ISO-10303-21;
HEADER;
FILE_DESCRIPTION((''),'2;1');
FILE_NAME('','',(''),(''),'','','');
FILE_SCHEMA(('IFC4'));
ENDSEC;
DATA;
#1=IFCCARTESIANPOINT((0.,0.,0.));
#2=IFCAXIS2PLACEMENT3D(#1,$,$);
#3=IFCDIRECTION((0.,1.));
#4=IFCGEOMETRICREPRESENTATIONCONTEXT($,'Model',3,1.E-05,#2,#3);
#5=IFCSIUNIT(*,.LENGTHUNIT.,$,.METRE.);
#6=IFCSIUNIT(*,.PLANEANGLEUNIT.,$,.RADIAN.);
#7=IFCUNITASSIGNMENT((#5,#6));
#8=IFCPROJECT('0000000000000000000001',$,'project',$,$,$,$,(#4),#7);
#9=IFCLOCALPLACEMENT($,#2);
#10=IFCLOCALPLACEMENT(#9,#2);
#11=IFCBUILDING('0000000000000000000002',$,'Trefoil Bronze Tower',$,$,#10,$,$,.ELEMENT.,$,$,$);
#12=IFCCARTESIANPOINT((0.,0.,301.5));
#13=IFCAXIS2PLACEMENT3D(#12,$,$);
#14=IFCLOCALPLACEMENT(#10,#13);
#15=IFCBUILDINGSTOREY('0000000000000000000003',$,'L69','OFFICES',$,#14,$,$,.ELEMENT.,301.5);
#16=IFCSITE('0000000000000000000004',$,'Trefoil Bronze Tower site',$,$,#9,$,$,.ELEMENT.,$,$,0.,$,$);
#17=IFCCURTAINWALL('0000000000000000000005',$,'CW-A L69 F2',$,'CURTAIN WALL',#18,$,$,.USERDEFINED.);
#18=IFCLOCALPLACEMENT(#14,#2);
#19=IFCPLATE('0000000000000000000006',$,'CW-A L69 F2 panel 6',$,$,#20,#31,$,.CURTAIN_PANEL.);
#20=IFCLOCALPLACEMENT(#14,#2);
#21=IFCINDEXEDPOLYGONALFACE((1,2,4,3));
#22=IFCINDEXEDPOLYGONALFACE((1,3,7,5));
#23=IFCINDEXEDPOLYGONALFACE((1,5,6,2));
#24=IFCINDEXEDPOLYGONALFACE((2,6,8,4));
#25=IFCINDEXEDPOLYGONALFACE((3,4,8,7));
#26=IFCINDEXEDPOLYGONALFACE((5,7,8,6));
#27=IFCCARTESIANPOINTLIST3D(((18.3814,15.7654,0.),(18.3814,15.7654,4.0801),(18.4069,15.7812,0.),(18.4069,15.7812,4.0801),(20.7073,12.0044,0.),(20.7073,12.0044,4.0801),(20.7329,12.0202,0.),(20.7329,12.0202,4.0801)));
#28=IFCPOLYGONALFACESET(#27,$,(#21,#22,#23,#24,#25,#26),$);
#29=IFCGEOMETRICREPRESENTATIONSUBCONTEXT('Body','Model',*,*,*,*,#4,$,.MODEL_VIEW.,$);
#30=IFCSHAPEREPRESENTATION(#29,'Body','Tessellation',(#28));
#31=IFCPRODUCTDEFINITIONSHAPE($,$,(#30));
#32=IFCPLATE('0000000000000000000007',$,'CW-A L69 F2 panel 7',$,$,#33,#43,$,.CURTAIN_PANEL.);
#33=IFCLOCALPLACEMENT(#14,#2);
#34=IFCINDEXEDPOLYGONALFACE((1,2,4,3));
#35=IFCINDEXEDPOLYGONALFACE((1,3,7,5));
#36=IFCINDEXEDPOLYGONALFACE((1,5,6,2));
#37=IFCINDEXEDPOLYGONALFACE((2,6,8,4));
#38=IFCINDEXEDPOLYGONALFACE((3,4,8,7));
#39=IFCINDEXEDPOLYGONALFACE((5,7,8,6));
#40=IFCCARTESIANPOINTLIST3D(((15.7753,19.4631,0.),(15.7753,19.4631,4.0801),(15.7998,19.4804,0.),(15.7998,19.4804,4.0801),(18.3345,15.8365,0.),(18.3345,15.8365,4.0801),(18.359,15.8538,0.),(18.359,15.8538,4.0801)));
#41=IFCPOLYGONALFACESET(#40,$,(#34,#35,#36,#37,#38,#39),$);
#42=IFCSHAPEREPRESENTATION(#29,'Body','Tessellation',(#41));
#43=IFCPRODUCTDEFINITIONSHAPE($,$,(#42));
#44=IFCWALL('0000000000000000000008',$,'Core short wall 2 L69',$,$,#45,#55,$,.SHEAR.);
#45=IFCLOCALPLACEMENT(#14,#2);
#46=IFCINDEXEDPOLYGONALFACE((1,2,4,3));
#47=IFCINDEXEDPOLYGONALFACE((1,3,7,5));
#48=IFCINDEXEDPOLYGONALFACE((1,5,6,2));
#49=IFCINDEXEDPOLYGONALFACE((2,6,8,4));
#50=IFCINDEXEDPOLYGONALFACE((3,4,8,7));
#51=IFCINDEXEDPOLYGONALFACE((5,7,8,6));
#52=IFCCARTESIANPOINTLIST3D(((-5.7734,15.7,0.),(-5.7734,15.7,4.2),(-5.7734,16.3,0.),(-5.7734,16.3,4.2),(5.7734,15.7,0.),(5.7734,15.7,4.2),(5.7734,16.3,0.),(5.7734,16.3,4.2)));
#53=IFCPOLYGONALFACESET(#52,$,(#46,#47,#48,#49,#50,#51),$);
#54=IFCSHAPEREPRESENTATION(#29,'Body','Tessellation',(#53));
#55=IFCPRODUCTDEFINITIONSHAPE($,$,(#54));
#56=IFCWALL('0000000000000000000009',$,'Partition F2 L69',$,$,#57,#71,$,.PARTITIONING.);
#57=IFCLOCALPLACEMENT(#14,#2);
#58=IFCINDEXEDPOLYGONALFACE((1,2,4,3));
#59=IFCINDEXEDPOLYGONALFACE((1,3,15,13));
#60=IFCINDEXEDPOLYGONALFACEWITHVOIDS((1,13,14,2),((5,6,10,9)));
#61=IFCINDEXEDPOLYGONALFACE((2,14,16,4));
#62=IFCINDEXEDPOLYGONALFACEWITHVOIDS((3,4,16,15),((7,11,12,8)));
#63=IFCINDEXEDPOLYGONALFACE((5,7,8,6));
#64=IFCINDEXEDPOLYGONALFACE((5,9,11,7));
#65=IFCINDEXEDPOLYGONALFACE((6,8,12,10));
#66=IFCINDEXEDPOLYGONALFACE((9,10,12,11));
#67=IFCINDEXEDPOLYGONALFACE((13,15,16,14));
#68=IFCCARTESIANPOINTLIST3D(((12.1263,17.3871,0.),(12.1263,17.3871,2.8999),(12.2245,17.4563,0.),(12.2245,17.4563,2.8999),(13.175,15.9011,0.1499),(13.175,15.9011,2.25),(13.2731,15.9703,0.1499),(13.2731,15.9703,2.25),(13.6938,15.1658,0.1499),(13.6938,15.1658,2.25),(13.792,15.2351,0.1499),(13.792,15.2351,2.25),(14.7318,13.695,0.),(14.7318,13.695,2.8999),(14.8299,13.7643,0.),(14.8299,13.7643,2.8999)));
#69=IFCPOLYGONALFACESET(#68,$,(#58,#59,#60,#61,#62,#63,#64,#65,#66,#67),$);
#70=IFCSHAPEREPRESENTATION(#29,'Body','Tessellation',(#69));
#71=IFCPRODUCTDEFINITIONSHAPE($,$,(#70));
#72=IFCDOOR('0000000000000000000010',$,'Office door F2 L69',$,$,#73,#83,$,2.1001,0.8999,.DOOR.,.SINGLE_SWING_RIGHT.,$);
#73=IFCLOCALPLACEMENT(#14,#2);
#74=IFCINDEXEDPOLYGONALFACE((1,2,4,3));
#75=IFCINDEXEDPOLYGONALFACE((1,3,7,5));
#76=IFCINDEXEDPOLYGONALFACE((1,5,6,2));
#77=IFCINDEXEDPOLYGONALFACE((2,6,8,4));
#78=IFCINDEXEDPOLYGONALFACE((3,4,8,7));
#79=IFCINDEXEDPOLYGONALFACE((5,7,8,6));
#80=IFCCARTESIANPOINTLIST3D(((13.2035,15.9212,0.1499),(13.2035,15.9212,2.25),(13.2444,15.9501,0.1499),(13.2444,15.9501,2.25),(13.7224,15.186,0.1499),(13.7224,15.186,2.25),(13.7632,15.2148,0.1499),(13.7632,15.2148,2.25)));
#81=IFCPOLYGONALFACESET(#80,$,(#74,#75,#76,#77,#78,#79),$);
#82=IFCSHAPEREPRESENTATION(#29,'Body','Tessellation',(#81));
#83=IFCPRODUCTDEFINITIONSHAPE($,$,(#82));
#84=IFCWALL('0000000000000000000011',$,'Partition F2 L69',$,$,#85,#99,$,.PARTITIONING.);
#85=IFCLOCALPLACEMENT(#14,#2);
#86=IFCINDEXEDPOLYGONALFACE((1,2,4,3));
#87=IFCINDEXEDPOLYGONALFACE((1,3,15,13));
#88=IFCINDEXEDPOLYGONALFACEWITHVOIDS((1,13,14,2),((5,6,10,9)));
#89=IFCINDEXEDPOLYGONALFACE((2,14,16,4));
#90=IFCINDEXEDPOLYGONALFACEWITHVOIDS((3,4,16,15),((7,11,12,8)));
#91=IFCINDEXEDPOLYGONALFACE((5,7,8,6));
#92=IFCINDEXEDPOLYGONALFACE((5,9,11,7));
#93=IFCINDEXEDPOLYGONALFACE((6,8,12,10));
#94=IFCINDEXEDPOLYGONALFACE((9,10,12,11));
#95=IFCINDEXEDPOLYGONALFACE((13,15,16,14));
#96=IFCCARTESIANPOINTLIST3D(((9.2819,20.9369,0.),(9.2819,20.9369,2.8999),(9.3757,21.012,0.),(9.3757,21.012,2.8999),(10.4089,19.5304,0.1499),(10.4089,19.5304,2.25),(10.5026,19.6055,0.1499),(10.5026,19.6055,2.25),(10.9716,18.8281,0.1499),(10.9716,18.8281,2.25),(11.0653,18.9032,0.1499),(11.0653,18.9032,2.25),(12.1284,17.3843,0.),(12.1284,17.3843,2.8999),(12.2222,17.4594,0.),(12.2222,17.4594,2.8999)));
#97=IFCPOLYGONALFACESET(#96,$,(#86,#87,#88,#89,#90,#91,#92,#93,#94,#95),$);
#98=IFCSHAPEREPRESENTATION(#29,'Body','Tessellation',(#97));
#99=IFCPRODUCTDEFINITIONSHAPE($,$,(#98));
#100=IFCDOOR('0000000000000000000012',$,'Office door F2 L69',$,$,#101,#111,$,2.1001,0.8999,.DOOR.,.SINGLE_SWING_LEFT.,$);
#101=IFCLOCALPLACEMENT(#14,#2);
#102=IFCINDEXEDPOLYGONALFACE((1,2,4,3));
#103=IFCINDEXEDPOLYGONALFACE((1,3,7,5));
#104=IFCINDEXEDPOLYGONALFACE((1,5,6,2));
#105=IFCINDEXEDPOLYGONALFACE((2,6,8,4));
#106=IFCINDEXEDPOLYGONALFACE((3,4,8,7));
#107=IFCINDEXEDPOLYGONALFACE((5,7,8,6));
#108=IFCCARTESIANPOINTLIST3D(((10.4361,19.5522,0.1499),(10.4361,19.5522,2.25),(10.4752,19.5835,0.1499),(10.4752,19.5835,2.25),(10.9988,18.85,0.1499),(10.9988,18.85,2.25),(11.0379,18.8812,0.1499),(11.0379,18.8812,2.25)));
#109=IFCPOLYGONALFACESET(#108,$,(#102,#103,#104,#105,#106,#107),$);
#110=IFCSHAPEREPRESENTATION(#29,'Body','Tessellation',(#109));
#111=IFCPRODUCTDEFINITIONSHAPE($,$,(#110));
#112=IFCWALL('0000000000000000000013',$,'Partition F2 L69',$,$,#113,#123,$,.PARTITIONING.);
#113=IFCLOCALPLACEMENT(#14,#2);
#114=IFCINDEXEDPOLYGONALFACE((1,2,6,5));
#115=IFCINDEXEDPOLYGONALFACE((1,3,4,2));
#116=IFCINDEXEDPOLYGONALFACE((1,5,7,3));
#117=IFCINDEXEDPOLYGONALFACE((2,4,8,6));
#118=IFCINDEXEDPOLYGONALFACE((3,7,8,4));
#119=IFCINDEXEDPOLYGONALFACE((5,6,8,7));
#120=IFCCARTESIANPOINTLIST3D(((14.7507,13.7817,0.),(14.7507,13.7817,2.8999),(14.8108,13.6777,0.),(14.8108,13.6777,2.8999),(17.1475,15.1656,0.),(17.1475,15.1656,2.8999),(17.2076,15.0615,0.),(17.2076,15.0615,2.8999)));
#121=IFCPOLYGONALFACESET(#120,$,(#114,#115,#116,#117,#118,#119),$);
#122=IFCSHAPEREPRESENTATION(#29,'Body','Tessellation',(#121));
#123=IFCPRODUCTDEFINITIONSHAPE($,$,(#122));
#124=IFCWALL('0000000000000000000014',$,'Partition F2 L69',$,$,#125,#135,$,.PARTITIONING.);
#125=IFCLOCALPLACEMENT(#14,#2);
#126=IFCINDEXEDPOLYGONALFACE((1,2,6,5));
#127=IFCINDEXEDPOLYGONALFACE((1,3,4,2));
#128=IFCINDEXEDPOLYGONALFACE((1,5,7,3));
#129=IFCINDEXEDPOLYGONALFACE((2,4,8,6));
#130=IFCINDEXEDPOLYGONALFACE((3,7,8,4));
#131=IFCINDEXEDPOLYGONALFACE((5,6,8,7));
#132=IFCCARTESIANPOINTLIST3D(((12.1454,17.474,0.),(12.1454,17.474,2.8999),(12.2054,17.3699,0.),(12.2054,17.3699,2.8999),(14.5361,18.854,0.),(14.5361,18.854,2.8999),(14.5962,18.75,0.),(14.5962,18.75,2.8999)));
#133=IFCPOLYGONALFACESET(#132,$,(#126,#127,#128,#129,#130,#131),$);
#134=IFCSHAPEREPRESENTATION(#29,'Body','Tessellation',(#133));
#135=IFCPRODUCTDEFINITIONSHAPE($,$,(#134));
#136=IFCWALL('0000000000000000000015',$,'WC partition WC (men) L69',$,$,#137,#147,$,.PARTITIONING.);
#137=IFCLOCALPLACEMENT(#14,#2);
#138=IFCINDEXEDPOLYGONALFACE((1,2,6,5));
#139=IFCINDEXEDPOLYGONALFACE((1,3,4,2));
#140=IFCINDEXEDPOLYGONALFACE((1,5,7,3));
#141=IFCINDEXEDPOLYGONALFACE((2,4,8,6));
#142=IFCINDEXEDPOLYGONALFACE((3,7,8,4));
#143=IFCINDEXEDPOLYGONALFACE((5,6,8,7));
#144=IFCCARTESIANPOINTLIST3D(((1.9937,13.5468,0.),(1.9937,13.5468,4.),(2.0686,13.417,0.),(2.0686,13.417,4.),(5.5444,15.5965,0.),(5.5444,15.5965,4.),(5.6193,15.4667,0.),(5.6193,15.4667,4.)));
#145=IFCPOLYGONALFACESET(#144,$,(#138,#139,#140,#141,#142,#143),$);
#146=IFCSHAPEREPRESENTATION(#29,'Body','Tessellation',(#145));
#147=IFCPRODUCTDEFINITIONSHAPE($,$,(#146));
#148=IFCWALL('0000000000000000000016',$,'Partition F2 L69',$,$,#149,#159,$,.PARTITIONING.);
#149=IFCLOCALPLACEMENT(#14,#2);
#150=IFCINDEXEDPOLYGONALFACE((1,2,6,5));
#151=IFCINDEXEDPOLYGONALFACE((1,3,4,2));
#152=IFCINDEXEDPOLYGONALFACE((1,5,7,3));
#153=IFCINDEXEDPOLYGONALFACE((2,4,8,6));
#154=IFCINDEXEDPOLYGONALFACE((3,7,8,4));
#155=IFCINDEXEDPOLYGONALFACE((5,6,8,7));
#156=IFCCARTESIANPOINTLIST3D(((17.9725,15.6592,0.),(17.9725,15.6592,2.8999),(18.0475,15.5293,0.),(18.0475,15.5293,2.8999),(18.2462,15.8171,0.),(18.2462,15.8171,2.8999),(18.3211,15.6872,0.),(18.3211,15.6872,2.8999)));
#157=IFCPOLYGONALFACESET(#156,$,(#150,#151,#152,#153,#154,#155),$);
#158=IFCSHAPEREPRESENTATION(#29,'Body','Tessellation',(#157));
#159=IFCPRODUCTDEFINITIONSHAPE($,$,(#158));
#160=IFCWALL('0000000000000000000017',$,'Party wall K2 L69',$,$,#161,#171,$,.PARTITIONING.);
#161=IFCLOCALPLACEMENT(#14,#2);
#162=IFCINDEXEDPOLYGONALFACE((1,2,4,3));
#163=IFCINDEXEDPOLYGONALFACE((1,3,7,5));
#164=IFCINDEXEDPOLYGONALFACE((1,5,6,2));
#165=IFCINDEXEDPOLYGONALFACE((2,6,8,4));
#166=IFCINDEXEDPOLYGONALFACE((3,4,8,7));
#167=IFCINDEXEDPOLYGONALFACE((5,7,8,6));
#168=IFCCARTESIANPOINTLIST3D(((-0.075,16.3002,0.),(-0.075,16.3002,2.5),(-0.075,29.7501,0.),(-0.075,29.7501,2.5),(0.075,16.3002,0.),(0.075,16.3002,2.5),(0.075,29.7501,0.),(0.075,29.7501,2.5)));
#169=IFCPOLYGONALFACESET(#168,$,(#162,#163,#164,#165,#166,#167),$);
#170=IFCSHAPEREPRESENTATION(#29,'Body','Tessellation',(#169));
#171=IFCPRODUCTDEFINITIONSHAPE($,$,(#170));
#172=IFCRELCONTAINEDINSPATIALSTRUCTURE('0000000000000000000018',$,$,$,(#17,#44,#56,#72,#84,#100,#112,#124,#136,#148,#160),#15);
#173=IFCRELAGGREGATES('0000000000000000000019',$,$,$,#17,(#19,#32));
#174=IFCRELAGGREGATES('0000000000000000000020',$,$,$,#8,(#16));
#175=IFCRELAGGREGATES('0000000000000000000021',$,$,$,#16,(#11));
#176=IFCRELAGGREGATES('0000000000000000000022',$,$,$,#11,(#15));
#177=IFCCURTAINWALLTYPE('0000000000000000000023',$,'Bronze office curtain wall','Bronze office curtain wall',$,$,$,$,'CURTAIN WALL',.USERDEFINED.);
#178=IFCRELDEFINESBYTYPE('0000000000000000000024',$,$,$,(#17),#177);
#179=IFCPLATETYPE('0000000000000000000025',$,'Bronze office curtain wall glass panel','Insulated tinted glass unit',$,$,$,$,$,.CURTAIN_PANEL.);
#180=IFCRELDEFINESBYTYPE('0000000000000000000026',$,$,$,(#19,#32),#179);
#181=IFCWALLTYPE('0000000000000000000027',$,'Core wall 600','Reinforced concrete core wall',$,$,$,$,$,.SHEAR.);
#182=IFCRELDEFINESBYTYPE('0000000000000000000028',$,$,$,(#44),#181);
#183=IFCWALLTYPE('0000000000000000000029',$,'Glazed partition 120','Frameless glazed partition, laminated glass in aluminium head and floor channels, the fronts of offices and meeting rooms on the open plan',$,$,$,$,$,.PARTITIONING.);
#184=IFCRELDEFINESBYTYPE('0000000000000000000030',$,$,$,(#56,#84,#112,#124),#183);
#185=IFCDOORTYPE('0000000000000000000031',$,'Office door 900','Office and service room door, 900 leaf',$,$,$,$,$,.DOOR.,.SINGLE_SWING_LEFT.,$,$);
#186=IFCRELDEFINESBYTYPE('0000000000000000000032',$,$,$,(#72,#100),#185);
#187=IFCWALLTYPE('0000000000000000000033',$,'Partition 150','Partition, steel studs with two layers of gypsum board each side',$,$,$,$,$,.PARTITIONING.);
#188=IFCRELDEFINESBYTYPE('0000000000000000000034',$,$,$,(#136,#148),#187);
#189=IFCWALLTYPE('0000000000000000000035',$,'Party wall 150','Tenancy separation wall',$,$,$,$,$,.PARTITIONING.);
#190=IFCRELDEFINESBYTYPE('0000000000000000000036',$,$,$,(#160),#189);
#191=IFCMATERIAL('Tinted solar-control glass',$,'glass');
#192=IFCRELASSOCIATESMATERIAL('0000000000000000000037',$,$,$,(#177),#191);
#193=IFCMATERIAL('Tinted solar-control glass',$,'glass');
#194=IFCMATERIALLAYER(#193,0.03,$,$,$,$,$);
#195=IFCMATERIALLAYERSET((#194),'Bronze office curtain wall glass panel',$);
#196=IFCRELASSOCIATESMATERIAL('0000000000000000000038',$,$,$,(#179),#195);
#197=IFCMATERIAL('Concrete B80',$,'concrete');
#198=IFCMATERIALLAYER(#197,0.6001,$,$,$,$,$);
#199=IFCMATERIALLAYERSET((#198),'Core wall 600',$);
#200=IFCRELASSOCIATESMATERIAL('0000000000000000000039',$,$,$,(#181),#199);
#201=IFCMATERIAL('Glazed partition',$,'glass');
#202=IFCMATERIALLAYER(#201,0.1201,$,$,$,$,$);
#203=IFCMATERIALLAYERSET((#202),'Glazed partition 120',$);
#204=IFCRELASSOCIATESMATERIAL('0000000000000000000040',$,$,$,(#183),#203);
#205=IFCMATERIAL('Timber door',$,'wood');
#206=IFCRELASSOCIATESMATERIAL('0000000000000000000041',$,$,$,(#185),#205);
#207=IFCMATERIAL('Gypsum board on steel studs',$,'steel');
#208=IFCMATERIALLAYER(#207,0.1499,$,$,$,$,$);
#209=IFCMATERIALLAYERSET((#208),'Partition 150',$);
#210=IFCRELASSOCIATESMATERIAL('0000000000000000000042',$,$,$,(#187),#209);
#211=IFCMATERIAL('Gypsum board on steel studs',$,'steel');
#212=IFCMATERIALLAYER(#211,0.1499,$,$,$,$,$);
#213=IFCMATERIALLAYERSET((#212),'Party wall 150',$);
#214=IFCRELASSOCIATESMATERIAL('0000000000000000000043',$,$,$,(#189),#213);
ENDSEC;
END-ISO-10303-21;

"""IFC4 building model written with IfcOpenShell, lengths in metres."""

from ifc_helpers import new_model, si_unit, direction, frame, frame_2d, origin, origin_2d, place, context, subcontext, project, spatial, rectangle, extrude, material, layer, layer_set, type_object, element, fill, aggregate, save


model = new_model("IFC4")

# Units and contexts
model_context = context("Model", 3, precision=1e-05, world=origin(), true_north=direction((0.0, 1.0)))
body_context = subcontext(model_context, "Body", "Model", "MODEL_VIEW")
ifc_project = project(units=[si_unit("LENGTHUNIT", "METRE"), si_unit("PLANEANGLEUNIT", "RADIAN")], contexts=[model_context])

# Site, building, storey
site_placement = place(None, origin())
site = spatial("IfcSite", under=ifc_project, at=site_placement, Name="Trefoil Bronze Tower site", CompositionType="ELEMENT", RefElevation=0.0)
building_placement = place(site_placement, origin())
building = spatial("IfcBuilding", under=site, at=building_placement, Name="Trefoil Bronze Tower", CompositionType="ELEMENT")
storey_placement = place(building_placement, frame((0.0, 0.0, 301.5)))
storey = spatial("IfcBuildingStorey", under=building, at=storey_placement, Name="L69", Description="OFFICES", CompositionType="ELEMENT", Elevation=301.5)

# Curtain wall
ifc_material_1 = material(Name="Tinted solar-control glass", Category="glass")
curtain_wall_type = type_object("IfcCurtainWallType", Name="Bronze office curtain wall", Description="Bronze office curtain wall", ElementType="CURTAIN WALL", PredefinedType="USERDEFINED", material=ifc_material_1)
curtain_wall_placement = place(storey_placement, origin())
curtain_wall = element("IfcCurtainWall", 1, at=curtain_wall_placement, inside=storey, type_object=curtain_wall_type, Name="CW-A L69 F2", ObjectType="CURTAIN WALL", PredefinedType="USERDEFINED")

# Plates
ifc_material_2 = material(Name="Tinted solar-control glass", Category="glass")
ifc_layer_1 = layer(ifc_material_2, 0.03)
ifc_layer_set_1 = layer_set([ifc_layer_1], Name="Bronze office curtain wall glass panel")
plate_type = type_object("IfcPlateType", Name="Bronze office curtain wall glass panel", Description="Insulated tinted glass unit", PredefinedType="CURTAIN_PANEL", material=ifc_layer_set_1)
plate_1_placement = place(storey_placement, frame((19.5571, 13.8928, 0.0), z_axis=(0.0, 0.0, 1.0), x_axis=(-0.52598, 0.850497, 0.0)))
plate_1 = element("IfcPlate", 2, at=plate_1_placement, type_object=plate_type, Name="CW-A L69 F2 panel 6", PredefinedType="CURTAIN_PANEL", context=body_context, shape_type="SweptSolid", body=[
    extrude(rectangle(XDim=4.4221, YDim=0.03, at=origin_2d()), origin(), (0.0, 0.0, 1.0), 4.0801),
])
plate_2_placement = place(storey_placement, frame((17.0671, 17.6584, 0.0), z_axis=(0.0, 0.0, 1.0), x_axis=(-0.576561, 0.817054, 0.0)))
plate_2 = element("IfcPlate", 3, at=plate_2_placement, type_object=plate_type, Name="CW-A L69 F2 panel 7", PredefinedType="CURTAIN_PANEL", context=body_context, shape_type="SweptSolid", body=[
    extrude(rectangle(XDim=4.4387, YDim=0.03, at=origin_2d()), origin(), (0.0, 0.0, 1.0), 4.0801),
])
aggregate(curtain_wall, [plate_1, plate_2])

# Wall
ifc_material_3 = material(Name="Concrete B80", Category="concrete")
ifc_layer_2 = layer(ifc_material_3, 0.6001)
ifc_layer_set_2 = layer_set([ifc_layer_2], Name="Core wall 600")
wall_type_1 = type_object("IfcWallType", Name="Core wall 600", Description="Reinforced concrete core wall", PredefinedType="SHEAR", material=ifc_layer_set_2)
wall_1_placement = place(storey_placement, frame((5.7734, 16.0, 0.0), z_axis=(0.0, 0.0, 1.0), x_axis=(-1.0, 0.0, 0.0)))
element("IfcWall", 4, at=wall_1_placement, inside=storey, type_object=wall_type_1, Name="Core short wall 2 L69", PredefinedType="SHEAR", context=body_context, shape_type="SweptSolid", body=[
    extrude(rectangle(XDim=11.5469, YDim=0.6001, at=frame_2d((5.7734, 0.0))), origin(), (0.0, 0.0, 1.0), 4.2),
])

# Walls, openings, doors
ifc_material_4 = material(Name="Glazed partition", Category="glass")
ifc_layer_3 = layer(ifc_material_4, 0.1201)
ifc_layer_set_3 = layer_set([ifc_layer_3], Name="Glazed partition 120")
wall_type_2 = type_object("IfcWallType", Name="Glazed partition 120", Description="Frameless glazed partition, laminated glass in aluminium head and floor channels, the fronts of offices and meeting rooms on the open plan", PredefinedType="PARTITIONING", material=ifc_layer_set_3)
wall_2_placement = place(storey_placement, frame((14.7808, 13.7297, 0.0), z_axis=(0.0, 0.0, 1.0), x_axis=(-0.576573, 0.817046, 0.0)))
wall_2 = element("IfcWall", 5, at=wall_2_placement, inside=storey, type_object=wall_type_2, Name="Partition F2 L69", PredefinedType="PARTITIONING", context=body_context, shape_type="SweptSolid", body=[
    extrude(rectangle(XDim=4.5188, YDim=0.1201, at=frame_2d((2.2593, 0.0))), origin(), (0.0, 0.0, 1.0), 2.8999),
])
opening_1_placement = place(wall_2_placement, frame((1.8, 0.0, 0.1499)))
opening_1 = element("IfcOpeningElement", 6, at=opening_1_placement, cuts=wall_2, PredefinedType="OPENING", context=body_context, shape_type="SweptSolid", body=[
    extrude(rectangle(XDim=0.8999, YDim=2.1001, at=frame_2d((0.45, 1.05))), frame((0.0, 0.0701, 0.0), z_axis=(0.0, -1.0, 0.0), x_axis=(1.0, 0.0, 0.0)), (0.0, 0.0, 1.0), 0.1401),
])
ifc_material_5 = material(Name="Timber door", Category="wood")
door_type = type_object("IfcDoorType", Name="Office door 900", Description="Office and service room door, 900 leaf", OperationType="SINGLE_SWING_LEFT", PredefinedType="DOOR", material=ifc_material_5)
door_1_placement = place(opening_1_placement, frame((0.8999, 0.0, 0.0), z_axis=(0.0, 0.0, 1.0), x_axis=(-1.0, 0.0, 0.0)))
door_1 = element("IfcDoor", 7, at=door_1_placement, inside=storey, type_object=door_type, Name="Office door F2 L69", OperationType="SINGLE_SWING_RIGHT", OverallHeight=2.1001, OverallWidth=0.8999, PredefinedType="DOOR", context=body_context, shape_type="SweptSolid", body=[
    extrude(rectangle(XDim=0.8999, YDim=2.1001, at=frame_2d((0.45, 1.05))), frame((0.0, 0.0249, 0.0), z_axis=(0.0, -1.0, 0.0), x_axis=(1.0, 0.0, 0.0)), (0.0, 0.0, 1.0), 0.05),
])
fill(opening_1, door_1)
wall_3_placement = place(storey_placement, frame((12.1753, 17.4219, 0.0), z_axis=(0.0, 0.0, 1.0), x_axis=(-0.62529, 0.780392, 0.0)))
wall_3 = element("IfcWall", 8, at=wall_3_placement, inside=storey, type_object=wall_type_2, Name="Partition F2 L69", PredefinedType="PARTITIONING", context=body_context, shape_type="SweptSolid", body=[
    extrude(rectangle(XDim=4.5522, YDim=0.1201, at=frame_2d((2.2761, 0.0))), origin(), (0.0, 0.0, 1.0), 2.8999),
])
opening_2_placement = place(wall_3_placement, frame((1.8501, 0.0, 0.1499)))
opening_2 = element("IfcOpeningElement", 9, at=opening_2_placement, cuts=wall_3, PredefinedType="OPENING", context=body_context, shape_type="SweptSolid", body=[
    extrude(rectangle(XDim=0.8999, YDim=2.1001, at=frame_2d((0.45, 1.05))), frame((0.0, 0.0701, 0.0), z_axis=(0.0, -1.0, 0.0), x_axis=(1.0, 0.0, 0.0)), (0.0, 0.0, 1.0), 0.1401),
])
door_2_placement = place(opening_2_placement, frame((0.8999, 0.0, 0.0), z_axis=(0.0, 0.0, 1.0), x_axis=(-1.0, 0.0, 0.0)))
door_2 = element("IfcDoor", 10, at=door_2_placement, inside=storey, type_object=door_type, Name="Office door F2 L69", OperationType="SINGLE_SWING_LEFT", OverallHeight=2.1001, OverallWidth=0.8999, PredefinedType="DOOR", context=body_context, shape_type="SweptSolid", body=[
    extrude(rectangle(XDim=0.8999, YDim=2.1001, at=frame_2d((0.45, 1.05))), frame((0.0, 0.0249, 0.0), z_axis=(0.0, -1.0, 0.0), x_axis=(1.0, 0.0, 0.0)), (0.0, 0.0, 1.0), 0.05),
])
fill(opening_2, door_2)

# Walls
wall_4_placement = place(storey_placement, frame((14.7808, 13.7297, 0.0), z_axis=(0.0, 0.0, 1.0), x_axis=(0.86602, 0.50001, 0.0)))
element("IfcWall", 11, at=wall_4_placement, inside=storey, type_object=wall_type_2, Name="Partition F2 L69", PredefinedType="PARTITIONING", context=body_context, shape_type="SweptSolid", body=[
    extrude(rectangle(XDim=2.7676, YDim=0.1201, at=frame_2d((1.3838, 0.0))), origin(), (0.0, 0.0, 1.0), 2.8999),
])
wall_5_placement = place(storey_placement, frame((12.1753, 17.4219, 0.0), z_axis=(0.0, 0.0, 1.0), x_axis=(0.866063, 0.499934, 0.0)))
element("IfcWall", 12, at=wall_5_placement, inside=storey, type_object=wall_type_2, Name="Partition F2 L69", PredefinedType="PARTITIONING", context=body_context, shape_type="SweptSolid", body=[
    extrude(rectangle(XDim=2.7605, YDim=0.1201, at=frame_2d((1.3804, 0.0))), origin(), (0.0, 0.0, 1.0), 2.8999),
])
ifc_material_6 = material(Name="Gypsum board on steel studs", Category="steel")
ifc_layer_4 = layer(ifc_material_6, 0.1499)
ifc_layer_set_4 = layer_set([ifc_layer_4], Name="Partition 150")
wall_type_3 = type_object("IfcWallType", Name="Partition 150", Description="Partition, steel studs with two layers of gypsum board each side", PredefinedType="PARTITIONING", material=ifc_layer_set_4)
wall_6_placement = place(storey_placement, frame((2.0312, 13.4819, 0.0), z_axis=(0.0, 0.0, 1.0), x_axis=(0.866051, 0.499956, 0.0)))
element("IfcWall", 13, at=wall_6_placement, inside=storey, type_object=wall_type_3, Name="WC partition WC (men) L69", PredefinedType="PARTITIONING", context=body_context, shape_type="SweptSolid", body=[
    extrude(rectangle(XDim=4.0999, YDim=0.1499, at=frame_2d((2.0498, 0.0))), origin(), (0.0, 0.0, 1.0), 4.0),
])
wall_7_placement = place(storey_placement, frame((18.01, 15.5942, 0.0), z_axis=(0.0, 0.0, 1.0), x_axis=(0.866096, 0.499879, 0.0)))
element("IfcWall", 14, at=wall_7_placement, inside=storey, type_object=wall_type_3, Name="Partition F2 L69", PredefinedType="PARTITIONING", context=body_context, shape_type="SweptSolid", body=[
    extrude(rectangle(XDim=0.3159, YDim=0.1499, at=frame_2d((0.158, 0.0))), origin(), (0.0, 0.0, 1.0), 2.8999),
])
ifc_material_7 = material(Name="Gypsum board on steel studs", Category="steel")
ifc_layer_5 = layer(ifc_material_7, 0.1499)
ifc_layer_set_5 = layer_set([ifc_layer_5], Name="Party wall 150")
wall_type_4 = type_object("IfcWallType", Name="Party wall 150", Description="Tenancy separation wall", PredefinedType="PARTITIONING", material=ifc_layer_set_5)
wall_8_placement = place(storey_placement, frame((0.0, 16.3, 0.0), z_axis=(0.0, 0.0, 1.0), x_axis=(0.0, 1.0, 0.0)))
element("IfcWall", 15, at=wall_8_placement, inside=storey, type_object=wall_type_4, Name="Party wall K2 L69", PredefinedType="PARTITIONING", context=body_context, shape_type="SweptSolid", body=[
    extrude(rectangle(XDim=13.45, YDim=0.1499, at=frame_2d((6.7251, 0.0))), origin(), (0.0, 0.0, 1.0), 2.5),
])

save(model, "model.ifc")
